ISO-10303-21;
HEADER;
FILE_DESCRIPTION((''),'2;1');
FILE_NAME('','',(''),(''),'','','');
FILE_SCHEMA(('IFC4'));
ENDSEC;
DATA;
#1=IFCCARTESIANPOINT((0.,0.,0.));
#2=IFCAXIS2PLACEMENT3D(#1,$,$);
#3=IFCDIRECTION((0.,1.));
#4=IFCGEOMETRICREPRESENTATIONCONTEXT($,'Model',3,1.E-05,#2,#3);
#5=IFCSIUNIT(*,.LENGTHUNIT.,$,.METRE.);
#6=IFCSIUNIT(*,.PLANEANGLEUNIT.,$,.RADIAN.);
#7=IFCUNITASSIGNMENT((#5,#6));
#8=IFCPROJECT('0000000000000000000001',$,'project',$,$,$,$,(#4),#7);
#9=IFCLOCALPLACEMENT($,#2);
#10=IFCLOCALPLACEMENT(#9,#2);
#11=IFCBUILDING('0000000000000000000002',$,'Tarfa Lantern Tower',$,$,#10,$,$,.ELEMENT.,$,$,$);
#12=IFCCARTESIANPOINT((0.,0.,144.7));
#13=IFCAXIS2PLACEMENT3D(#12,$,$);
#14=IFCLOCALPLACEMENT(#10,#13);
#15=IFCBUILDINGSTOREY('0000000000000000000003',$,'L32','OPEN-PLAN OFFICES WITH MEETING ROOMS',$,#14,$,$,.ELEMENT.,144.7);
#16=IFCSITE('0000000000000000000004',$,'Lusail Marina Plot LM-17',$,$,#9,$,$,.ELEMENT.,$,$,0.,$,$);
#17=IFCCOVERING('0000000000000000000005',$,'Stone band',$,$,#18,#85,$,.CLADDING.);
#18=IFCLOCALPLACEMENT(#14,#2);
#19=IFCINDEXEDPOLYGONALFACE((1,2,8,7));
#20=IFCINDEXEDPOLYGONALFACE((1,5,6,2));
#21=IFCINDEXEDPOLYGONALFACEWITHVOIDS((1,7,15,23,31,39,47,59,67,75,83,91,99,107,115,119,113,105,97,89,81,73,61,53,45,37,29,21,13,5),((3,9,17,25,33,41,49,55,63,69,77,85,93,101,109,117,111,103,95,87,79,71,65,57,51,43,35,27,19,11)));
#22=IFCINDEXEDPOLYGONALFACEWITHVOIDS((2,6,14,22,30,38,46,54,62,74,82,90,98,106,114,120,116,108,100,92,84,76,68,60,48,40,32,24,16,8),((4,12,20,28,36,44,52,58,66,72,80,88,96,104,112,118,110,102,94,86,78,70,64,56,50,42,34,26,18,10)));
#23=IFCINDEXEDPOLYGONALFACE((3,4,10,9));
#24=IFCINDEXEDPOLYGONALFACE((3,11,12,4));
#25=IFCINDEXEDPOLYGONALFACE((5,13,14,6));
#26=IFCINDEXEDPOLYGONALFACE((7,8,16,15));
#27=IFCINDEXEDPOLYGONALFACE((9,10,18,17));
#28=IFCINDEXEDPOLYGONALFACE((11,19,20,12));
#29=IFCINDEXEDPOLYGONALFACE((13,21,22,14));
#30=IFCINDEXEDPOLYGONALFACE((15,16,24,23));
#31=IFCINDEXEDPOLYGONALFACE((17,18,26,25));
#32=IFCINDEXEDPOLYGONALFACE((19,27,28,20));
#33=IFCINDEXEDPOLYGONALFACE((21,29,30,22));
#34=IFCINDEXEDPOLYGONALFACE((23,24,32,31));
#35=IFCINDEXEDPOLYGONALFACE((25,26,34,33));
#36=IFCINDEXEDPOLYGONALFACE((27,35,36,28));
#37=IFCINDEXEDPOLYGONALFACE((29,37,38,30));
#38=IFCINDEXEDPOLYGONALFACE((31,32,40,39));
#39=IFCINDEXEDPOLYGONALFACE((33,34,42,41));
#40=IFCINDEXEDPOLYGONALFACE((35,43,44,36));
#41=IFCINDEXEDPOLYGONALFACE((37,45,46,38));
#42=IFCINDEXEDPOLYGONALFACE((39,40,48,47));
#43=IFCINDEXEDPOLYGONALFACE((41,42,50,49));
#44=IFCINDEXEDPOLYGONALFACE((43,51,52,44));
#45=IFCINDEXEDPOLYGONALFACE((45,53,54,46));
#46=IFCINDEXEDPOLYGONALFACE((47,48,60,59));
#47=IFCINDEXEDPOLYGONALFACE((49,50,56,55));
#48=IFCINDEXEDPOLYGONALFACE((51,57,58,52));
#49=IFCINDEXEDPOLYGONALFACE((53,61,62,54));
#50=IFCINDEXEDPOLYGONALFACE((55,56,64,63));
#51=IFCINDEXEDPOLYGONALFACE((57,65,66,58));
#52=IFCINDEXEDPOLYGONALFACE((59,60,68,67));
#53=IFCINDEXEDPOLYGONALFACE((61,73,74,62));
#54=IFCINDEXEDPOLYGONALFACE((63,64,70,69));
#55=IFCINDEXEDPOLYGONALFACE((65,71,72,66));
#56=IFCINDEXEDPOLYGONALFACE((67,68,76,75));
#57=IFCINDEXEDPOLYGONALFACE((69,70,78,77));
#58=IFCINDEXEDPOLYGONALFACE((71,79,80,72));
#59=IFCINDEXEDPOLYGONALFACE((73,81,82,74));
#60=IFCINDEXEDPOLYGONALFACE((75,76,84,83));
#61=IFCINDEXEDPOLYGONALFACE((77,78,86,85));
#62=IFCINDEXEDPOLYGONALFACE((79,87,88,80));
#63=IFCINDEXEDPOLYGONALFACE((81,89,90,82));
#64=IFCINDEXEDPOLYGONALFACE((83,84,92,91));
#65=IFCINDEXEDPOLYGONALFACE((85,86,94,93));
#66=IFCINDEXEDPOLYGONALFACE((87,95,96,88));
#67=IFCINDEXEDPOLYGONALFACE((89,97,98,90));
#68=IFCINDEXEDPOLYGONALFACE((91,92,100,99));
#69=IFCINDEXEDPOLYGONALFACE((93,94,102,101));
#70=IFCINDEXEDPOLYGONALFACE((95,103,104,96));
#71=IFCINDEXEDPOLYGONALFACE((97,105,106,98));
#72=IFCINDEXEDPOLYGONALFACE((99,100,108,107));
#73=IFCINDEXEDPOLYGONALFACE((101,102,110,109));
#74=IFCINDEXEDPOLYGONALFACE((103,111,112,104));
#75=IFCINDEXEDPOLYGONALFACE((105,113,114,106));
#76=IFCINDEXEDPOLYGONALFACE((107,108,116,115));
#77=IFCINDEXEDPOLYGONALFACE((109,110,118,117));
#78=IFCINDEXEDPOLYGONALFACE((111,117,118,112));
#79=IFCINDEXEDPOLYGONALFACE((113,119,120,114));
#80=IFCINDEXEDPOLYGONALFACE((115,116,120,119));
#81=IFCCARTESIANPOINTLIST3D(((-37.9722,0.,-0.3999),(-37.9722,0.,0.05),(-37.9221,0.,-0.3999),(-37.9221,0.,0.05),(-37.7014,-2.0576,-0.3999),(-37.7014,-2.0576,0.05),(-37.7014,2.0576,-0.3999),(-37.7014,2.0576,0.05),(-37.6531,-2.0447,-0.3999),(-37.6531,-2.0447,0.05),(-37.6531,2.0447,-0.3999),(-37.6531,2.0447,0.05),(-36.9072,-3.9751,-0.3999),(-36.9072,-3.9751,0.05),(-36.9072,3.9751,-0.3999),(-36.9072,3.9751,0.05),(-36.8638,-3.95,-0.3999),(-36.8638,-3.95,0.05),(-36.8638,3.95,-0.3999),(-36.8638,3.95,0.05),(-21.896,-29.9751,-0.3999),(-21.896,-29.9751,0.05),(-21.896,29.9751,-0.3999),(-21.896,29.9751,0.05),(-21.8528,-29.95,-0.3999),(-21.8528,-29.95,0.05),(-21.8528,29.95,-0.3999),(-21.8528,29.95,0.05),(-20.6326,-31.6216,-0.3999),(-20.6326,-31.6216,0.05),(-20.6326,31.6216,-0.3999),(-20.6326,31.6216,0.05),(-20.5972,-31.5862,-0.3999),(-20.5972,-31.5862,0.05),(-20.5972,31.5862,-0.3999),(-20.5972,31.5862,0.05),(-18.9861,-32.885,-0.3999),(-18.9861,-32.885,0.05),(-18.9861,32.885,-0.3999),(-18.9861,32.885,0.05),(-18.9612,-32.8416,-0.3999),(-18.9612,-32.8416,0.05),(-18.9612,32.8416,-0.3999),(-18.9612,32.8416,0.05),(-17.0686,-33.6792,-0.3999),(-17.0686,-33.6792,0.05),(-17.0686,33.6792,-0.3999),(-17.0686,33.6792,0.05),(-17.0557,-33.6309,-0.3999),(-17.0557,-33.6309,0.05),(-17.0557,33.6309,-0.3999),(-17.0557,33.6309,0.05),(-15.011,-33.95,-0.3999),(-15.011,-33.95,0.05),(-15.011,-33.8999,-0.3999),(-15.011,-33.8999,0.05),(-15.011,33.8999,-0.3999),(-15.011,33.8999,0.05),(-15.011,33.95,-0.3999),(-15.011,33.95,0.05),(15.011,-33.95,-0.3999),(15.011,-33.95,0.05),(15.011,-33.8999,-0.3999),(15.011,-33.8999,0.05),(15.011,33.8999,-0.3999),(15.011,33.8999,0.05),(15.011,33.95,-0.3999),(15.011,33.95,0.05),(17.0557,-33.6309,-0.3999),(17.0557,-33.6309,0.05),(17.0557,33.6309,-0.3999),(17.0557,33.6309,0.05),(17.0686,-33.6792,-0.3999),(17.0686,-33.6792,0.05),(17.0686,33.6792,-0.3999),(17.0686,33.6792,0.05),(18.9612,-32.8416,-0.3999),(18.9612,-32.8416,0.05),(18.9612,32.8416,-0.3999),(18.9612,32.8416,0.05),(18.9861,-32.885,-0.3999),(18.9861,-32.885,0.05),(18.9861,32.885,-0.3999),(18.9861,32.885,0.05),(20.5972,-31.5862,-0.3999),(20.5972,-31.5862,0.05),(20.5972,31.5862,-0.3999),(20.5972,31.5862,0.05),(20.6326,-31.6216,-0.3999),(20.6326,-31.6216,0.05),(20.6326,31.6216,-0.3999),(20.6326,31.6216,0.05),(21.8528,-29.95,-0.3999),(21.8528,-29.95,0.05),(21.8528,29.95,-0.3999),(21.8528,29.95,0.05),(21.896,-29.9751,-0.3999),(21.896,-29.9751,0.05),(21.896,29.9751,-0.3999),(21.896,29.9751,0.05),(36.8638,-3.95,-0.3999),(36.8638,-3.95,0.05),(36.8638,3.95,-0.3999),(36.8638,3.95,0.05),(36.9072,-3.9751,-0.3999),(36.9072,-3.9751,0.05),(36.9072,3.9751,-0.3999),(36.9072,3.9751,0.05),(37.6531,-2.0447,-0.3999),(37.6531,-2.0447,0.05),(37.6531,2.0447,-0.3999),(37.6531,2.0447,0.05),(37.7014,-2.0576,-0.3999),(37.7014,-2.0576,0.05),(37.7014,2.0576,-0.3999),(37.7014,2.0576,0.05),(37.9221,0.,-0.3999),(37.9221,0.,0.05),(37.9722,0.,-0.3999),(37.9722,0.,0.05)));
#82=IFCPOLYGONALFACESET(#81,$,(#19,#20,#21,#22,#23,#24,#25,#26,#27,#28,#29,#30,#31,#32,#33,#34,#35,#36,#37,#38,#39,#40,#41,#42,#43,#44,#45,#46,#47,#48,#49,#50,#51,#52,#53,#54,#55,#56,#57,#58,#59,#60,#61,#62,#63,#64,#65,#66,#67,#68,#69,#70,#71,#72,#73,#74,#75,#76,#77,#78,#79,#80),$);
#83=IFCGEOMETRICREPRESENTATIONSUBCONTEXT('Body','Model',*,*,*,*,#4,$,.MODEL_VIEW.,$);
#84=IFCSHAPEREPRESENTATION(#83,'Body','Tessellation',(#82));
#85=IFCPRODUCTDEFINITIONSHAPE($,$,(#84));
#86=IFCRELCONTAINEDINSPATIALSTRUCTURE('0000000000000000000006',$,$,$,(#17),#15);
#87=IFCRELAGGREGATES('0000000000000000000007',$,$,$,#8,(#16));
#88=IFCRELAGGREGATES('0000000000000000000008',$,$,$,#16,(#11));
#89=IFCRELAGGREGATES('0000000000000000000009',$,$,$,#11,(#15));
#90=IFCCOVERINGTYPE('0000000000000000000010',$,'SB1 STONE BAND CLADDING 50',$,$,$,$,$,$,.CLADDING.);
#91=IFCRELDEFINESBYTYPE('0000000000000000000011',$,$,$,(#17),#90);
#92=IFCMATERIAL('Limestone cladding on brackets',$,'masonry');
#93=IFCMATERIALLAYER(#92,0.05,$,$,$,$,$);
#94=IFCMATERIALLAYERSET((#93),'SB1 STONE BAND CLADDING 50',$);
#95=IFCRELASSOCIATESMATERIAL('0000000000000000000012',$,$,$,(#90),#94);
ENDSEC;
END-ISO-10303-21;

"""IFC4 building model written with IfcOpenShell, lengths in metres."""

from ifc_helpers import new_model, si_unit, direction, frame, origin, place, context, subcontext, project, spatial, polyline, outline, extrude, material, layer, layer_set, type_object, element, save


model = new_model("IFC4")

# Units and contexts
model_context = context("Model", 3, precision=1e-05, world=origin(), true_north=direction((0.0, 1.0)))
body_context = subcontext(model_context, "Body", "Model", "MODEL_VIEW")
ifc_project = project(units=[si_unit("LENGTHUNIT", "METRE"), si_unit("PLANEANGLEUNIT", "RADIAN")], contexts=[model_context])

# Site, building, storey
site_placement = place(None, origin())
site = spatial("IfcSite", under=ifc_project, at=site_placement, Name="Lusail Marina Plot LM-17", CompositionType="ELEMENT", RefElevation=0.0)
building_placement = place(site_placement, origin())
building = spatial("IfcBuilding", under=site, at=building_placement, Name="Tarfa Lantern Tower", CompositionType="ELEMENT")
storey_placement = place(building_placement, frame((0.0, 0.0, 144.7)))
storey = spatial("IfcBuildingStorey", under=building, at=storey_placement, Name="L32", Description="OPEN-PLAN OFFICES WITH MEETING ROOMS", CompositionType="ELEMENT", Elevation=144.7)

# Covering
ifc_material_1 = material(Name="Limestone cladding on brackets", Category="masonry")
ifc_layer_1 = layer(ifc_material_1, 0.05)
ifc_layer_set_1 = layer_set([ifc_layer_1], Name="SB1 STONE BAND CLADDING 50")
covering_type_1 = type_object("IfcCoveringType", Name="SB1 STONE BAND CLADDING 50", PredefinedType="CLADDING", material=ifc_layer_set_1)
covering_1_placement = place(storey_placement, frame((0.0, 0.0, -0.3999)))
element("IfcCovering", 1, at=covering_1_placement, inside=storey, type_object=covering_type_1, Name="Stone band", PredefinedType="CLADDING", context=body_context, shape_type="SweptSolid", body=[
    extrude(outline(polyline([(36.9072, 3.9751), (21.896, 29.9751), (20.6326, 31.6216), (18.9861, 32.885), (17.0686, 33.6792), (15.011, 33.95), (-15.011, 33.95), (-17.0686, 33.6792), (-18.9861, 32.885), (-20.6326, 31.6216), (-21.896, 29.9751), (-36.9072, 3.9751), (-37.7014, 2.0576), (-37.9722, 0.0), (-37.7014, -2.0576), (-36.9072, -3.9751), (-21.896, -29.9751), (-20.6326, -31.6216), (-18.9861, -32.885), (-17.0686, -33.6792), (-15.011, -33.95), (15.011, -33.95), (17.0686, -33.6792), (18.9861, -32.885), (20.6326, -31.6216), (21.896, -29.9751), (36.9072, -3.9751), (37.7014, -2.0576), (37.9722, 0.0), (37.7014, 2.0576), (36.9072, 3.9751)]), holes=[polyline([(36.8638, 3.95), (21.8528, 29.95), (20.5972, 31.5862), (18.9612, 32.8416), (17.0557, 33.6309), (15.011, 33.8999), (-15.011, 33.8999), (-17.0557, 33.6309), (-18.9612, 32.8416), (-20.5972, 31.5862), (-21.8528, 29.95), (-36.8638, 3.95), (-37.6531, 2.0447), (-37.9221, 0.0), (-37.6531, -2.0447), (-36.8638, -3.95), (-21.8528, -29.95), (-20.5972, -31.5862), (-18.9612, -32.8416), (-17.0557, -33.6309), (-15.011, -33.8999), (15.011, -33.8999), (17.0557, -33.6309), (18.9612, -32.8416), (20.5972, -31.5862), (21.8528, -29.95), (36.8638, -3.95), (37.6531, -2.0447), (37.9221, 0.0), (37.6531, 2.0447), (36.8638, 3.95)])]), origin(), (0.0, 0.0, 1.0), 0.45),
])

save(model, "model.ifc")
